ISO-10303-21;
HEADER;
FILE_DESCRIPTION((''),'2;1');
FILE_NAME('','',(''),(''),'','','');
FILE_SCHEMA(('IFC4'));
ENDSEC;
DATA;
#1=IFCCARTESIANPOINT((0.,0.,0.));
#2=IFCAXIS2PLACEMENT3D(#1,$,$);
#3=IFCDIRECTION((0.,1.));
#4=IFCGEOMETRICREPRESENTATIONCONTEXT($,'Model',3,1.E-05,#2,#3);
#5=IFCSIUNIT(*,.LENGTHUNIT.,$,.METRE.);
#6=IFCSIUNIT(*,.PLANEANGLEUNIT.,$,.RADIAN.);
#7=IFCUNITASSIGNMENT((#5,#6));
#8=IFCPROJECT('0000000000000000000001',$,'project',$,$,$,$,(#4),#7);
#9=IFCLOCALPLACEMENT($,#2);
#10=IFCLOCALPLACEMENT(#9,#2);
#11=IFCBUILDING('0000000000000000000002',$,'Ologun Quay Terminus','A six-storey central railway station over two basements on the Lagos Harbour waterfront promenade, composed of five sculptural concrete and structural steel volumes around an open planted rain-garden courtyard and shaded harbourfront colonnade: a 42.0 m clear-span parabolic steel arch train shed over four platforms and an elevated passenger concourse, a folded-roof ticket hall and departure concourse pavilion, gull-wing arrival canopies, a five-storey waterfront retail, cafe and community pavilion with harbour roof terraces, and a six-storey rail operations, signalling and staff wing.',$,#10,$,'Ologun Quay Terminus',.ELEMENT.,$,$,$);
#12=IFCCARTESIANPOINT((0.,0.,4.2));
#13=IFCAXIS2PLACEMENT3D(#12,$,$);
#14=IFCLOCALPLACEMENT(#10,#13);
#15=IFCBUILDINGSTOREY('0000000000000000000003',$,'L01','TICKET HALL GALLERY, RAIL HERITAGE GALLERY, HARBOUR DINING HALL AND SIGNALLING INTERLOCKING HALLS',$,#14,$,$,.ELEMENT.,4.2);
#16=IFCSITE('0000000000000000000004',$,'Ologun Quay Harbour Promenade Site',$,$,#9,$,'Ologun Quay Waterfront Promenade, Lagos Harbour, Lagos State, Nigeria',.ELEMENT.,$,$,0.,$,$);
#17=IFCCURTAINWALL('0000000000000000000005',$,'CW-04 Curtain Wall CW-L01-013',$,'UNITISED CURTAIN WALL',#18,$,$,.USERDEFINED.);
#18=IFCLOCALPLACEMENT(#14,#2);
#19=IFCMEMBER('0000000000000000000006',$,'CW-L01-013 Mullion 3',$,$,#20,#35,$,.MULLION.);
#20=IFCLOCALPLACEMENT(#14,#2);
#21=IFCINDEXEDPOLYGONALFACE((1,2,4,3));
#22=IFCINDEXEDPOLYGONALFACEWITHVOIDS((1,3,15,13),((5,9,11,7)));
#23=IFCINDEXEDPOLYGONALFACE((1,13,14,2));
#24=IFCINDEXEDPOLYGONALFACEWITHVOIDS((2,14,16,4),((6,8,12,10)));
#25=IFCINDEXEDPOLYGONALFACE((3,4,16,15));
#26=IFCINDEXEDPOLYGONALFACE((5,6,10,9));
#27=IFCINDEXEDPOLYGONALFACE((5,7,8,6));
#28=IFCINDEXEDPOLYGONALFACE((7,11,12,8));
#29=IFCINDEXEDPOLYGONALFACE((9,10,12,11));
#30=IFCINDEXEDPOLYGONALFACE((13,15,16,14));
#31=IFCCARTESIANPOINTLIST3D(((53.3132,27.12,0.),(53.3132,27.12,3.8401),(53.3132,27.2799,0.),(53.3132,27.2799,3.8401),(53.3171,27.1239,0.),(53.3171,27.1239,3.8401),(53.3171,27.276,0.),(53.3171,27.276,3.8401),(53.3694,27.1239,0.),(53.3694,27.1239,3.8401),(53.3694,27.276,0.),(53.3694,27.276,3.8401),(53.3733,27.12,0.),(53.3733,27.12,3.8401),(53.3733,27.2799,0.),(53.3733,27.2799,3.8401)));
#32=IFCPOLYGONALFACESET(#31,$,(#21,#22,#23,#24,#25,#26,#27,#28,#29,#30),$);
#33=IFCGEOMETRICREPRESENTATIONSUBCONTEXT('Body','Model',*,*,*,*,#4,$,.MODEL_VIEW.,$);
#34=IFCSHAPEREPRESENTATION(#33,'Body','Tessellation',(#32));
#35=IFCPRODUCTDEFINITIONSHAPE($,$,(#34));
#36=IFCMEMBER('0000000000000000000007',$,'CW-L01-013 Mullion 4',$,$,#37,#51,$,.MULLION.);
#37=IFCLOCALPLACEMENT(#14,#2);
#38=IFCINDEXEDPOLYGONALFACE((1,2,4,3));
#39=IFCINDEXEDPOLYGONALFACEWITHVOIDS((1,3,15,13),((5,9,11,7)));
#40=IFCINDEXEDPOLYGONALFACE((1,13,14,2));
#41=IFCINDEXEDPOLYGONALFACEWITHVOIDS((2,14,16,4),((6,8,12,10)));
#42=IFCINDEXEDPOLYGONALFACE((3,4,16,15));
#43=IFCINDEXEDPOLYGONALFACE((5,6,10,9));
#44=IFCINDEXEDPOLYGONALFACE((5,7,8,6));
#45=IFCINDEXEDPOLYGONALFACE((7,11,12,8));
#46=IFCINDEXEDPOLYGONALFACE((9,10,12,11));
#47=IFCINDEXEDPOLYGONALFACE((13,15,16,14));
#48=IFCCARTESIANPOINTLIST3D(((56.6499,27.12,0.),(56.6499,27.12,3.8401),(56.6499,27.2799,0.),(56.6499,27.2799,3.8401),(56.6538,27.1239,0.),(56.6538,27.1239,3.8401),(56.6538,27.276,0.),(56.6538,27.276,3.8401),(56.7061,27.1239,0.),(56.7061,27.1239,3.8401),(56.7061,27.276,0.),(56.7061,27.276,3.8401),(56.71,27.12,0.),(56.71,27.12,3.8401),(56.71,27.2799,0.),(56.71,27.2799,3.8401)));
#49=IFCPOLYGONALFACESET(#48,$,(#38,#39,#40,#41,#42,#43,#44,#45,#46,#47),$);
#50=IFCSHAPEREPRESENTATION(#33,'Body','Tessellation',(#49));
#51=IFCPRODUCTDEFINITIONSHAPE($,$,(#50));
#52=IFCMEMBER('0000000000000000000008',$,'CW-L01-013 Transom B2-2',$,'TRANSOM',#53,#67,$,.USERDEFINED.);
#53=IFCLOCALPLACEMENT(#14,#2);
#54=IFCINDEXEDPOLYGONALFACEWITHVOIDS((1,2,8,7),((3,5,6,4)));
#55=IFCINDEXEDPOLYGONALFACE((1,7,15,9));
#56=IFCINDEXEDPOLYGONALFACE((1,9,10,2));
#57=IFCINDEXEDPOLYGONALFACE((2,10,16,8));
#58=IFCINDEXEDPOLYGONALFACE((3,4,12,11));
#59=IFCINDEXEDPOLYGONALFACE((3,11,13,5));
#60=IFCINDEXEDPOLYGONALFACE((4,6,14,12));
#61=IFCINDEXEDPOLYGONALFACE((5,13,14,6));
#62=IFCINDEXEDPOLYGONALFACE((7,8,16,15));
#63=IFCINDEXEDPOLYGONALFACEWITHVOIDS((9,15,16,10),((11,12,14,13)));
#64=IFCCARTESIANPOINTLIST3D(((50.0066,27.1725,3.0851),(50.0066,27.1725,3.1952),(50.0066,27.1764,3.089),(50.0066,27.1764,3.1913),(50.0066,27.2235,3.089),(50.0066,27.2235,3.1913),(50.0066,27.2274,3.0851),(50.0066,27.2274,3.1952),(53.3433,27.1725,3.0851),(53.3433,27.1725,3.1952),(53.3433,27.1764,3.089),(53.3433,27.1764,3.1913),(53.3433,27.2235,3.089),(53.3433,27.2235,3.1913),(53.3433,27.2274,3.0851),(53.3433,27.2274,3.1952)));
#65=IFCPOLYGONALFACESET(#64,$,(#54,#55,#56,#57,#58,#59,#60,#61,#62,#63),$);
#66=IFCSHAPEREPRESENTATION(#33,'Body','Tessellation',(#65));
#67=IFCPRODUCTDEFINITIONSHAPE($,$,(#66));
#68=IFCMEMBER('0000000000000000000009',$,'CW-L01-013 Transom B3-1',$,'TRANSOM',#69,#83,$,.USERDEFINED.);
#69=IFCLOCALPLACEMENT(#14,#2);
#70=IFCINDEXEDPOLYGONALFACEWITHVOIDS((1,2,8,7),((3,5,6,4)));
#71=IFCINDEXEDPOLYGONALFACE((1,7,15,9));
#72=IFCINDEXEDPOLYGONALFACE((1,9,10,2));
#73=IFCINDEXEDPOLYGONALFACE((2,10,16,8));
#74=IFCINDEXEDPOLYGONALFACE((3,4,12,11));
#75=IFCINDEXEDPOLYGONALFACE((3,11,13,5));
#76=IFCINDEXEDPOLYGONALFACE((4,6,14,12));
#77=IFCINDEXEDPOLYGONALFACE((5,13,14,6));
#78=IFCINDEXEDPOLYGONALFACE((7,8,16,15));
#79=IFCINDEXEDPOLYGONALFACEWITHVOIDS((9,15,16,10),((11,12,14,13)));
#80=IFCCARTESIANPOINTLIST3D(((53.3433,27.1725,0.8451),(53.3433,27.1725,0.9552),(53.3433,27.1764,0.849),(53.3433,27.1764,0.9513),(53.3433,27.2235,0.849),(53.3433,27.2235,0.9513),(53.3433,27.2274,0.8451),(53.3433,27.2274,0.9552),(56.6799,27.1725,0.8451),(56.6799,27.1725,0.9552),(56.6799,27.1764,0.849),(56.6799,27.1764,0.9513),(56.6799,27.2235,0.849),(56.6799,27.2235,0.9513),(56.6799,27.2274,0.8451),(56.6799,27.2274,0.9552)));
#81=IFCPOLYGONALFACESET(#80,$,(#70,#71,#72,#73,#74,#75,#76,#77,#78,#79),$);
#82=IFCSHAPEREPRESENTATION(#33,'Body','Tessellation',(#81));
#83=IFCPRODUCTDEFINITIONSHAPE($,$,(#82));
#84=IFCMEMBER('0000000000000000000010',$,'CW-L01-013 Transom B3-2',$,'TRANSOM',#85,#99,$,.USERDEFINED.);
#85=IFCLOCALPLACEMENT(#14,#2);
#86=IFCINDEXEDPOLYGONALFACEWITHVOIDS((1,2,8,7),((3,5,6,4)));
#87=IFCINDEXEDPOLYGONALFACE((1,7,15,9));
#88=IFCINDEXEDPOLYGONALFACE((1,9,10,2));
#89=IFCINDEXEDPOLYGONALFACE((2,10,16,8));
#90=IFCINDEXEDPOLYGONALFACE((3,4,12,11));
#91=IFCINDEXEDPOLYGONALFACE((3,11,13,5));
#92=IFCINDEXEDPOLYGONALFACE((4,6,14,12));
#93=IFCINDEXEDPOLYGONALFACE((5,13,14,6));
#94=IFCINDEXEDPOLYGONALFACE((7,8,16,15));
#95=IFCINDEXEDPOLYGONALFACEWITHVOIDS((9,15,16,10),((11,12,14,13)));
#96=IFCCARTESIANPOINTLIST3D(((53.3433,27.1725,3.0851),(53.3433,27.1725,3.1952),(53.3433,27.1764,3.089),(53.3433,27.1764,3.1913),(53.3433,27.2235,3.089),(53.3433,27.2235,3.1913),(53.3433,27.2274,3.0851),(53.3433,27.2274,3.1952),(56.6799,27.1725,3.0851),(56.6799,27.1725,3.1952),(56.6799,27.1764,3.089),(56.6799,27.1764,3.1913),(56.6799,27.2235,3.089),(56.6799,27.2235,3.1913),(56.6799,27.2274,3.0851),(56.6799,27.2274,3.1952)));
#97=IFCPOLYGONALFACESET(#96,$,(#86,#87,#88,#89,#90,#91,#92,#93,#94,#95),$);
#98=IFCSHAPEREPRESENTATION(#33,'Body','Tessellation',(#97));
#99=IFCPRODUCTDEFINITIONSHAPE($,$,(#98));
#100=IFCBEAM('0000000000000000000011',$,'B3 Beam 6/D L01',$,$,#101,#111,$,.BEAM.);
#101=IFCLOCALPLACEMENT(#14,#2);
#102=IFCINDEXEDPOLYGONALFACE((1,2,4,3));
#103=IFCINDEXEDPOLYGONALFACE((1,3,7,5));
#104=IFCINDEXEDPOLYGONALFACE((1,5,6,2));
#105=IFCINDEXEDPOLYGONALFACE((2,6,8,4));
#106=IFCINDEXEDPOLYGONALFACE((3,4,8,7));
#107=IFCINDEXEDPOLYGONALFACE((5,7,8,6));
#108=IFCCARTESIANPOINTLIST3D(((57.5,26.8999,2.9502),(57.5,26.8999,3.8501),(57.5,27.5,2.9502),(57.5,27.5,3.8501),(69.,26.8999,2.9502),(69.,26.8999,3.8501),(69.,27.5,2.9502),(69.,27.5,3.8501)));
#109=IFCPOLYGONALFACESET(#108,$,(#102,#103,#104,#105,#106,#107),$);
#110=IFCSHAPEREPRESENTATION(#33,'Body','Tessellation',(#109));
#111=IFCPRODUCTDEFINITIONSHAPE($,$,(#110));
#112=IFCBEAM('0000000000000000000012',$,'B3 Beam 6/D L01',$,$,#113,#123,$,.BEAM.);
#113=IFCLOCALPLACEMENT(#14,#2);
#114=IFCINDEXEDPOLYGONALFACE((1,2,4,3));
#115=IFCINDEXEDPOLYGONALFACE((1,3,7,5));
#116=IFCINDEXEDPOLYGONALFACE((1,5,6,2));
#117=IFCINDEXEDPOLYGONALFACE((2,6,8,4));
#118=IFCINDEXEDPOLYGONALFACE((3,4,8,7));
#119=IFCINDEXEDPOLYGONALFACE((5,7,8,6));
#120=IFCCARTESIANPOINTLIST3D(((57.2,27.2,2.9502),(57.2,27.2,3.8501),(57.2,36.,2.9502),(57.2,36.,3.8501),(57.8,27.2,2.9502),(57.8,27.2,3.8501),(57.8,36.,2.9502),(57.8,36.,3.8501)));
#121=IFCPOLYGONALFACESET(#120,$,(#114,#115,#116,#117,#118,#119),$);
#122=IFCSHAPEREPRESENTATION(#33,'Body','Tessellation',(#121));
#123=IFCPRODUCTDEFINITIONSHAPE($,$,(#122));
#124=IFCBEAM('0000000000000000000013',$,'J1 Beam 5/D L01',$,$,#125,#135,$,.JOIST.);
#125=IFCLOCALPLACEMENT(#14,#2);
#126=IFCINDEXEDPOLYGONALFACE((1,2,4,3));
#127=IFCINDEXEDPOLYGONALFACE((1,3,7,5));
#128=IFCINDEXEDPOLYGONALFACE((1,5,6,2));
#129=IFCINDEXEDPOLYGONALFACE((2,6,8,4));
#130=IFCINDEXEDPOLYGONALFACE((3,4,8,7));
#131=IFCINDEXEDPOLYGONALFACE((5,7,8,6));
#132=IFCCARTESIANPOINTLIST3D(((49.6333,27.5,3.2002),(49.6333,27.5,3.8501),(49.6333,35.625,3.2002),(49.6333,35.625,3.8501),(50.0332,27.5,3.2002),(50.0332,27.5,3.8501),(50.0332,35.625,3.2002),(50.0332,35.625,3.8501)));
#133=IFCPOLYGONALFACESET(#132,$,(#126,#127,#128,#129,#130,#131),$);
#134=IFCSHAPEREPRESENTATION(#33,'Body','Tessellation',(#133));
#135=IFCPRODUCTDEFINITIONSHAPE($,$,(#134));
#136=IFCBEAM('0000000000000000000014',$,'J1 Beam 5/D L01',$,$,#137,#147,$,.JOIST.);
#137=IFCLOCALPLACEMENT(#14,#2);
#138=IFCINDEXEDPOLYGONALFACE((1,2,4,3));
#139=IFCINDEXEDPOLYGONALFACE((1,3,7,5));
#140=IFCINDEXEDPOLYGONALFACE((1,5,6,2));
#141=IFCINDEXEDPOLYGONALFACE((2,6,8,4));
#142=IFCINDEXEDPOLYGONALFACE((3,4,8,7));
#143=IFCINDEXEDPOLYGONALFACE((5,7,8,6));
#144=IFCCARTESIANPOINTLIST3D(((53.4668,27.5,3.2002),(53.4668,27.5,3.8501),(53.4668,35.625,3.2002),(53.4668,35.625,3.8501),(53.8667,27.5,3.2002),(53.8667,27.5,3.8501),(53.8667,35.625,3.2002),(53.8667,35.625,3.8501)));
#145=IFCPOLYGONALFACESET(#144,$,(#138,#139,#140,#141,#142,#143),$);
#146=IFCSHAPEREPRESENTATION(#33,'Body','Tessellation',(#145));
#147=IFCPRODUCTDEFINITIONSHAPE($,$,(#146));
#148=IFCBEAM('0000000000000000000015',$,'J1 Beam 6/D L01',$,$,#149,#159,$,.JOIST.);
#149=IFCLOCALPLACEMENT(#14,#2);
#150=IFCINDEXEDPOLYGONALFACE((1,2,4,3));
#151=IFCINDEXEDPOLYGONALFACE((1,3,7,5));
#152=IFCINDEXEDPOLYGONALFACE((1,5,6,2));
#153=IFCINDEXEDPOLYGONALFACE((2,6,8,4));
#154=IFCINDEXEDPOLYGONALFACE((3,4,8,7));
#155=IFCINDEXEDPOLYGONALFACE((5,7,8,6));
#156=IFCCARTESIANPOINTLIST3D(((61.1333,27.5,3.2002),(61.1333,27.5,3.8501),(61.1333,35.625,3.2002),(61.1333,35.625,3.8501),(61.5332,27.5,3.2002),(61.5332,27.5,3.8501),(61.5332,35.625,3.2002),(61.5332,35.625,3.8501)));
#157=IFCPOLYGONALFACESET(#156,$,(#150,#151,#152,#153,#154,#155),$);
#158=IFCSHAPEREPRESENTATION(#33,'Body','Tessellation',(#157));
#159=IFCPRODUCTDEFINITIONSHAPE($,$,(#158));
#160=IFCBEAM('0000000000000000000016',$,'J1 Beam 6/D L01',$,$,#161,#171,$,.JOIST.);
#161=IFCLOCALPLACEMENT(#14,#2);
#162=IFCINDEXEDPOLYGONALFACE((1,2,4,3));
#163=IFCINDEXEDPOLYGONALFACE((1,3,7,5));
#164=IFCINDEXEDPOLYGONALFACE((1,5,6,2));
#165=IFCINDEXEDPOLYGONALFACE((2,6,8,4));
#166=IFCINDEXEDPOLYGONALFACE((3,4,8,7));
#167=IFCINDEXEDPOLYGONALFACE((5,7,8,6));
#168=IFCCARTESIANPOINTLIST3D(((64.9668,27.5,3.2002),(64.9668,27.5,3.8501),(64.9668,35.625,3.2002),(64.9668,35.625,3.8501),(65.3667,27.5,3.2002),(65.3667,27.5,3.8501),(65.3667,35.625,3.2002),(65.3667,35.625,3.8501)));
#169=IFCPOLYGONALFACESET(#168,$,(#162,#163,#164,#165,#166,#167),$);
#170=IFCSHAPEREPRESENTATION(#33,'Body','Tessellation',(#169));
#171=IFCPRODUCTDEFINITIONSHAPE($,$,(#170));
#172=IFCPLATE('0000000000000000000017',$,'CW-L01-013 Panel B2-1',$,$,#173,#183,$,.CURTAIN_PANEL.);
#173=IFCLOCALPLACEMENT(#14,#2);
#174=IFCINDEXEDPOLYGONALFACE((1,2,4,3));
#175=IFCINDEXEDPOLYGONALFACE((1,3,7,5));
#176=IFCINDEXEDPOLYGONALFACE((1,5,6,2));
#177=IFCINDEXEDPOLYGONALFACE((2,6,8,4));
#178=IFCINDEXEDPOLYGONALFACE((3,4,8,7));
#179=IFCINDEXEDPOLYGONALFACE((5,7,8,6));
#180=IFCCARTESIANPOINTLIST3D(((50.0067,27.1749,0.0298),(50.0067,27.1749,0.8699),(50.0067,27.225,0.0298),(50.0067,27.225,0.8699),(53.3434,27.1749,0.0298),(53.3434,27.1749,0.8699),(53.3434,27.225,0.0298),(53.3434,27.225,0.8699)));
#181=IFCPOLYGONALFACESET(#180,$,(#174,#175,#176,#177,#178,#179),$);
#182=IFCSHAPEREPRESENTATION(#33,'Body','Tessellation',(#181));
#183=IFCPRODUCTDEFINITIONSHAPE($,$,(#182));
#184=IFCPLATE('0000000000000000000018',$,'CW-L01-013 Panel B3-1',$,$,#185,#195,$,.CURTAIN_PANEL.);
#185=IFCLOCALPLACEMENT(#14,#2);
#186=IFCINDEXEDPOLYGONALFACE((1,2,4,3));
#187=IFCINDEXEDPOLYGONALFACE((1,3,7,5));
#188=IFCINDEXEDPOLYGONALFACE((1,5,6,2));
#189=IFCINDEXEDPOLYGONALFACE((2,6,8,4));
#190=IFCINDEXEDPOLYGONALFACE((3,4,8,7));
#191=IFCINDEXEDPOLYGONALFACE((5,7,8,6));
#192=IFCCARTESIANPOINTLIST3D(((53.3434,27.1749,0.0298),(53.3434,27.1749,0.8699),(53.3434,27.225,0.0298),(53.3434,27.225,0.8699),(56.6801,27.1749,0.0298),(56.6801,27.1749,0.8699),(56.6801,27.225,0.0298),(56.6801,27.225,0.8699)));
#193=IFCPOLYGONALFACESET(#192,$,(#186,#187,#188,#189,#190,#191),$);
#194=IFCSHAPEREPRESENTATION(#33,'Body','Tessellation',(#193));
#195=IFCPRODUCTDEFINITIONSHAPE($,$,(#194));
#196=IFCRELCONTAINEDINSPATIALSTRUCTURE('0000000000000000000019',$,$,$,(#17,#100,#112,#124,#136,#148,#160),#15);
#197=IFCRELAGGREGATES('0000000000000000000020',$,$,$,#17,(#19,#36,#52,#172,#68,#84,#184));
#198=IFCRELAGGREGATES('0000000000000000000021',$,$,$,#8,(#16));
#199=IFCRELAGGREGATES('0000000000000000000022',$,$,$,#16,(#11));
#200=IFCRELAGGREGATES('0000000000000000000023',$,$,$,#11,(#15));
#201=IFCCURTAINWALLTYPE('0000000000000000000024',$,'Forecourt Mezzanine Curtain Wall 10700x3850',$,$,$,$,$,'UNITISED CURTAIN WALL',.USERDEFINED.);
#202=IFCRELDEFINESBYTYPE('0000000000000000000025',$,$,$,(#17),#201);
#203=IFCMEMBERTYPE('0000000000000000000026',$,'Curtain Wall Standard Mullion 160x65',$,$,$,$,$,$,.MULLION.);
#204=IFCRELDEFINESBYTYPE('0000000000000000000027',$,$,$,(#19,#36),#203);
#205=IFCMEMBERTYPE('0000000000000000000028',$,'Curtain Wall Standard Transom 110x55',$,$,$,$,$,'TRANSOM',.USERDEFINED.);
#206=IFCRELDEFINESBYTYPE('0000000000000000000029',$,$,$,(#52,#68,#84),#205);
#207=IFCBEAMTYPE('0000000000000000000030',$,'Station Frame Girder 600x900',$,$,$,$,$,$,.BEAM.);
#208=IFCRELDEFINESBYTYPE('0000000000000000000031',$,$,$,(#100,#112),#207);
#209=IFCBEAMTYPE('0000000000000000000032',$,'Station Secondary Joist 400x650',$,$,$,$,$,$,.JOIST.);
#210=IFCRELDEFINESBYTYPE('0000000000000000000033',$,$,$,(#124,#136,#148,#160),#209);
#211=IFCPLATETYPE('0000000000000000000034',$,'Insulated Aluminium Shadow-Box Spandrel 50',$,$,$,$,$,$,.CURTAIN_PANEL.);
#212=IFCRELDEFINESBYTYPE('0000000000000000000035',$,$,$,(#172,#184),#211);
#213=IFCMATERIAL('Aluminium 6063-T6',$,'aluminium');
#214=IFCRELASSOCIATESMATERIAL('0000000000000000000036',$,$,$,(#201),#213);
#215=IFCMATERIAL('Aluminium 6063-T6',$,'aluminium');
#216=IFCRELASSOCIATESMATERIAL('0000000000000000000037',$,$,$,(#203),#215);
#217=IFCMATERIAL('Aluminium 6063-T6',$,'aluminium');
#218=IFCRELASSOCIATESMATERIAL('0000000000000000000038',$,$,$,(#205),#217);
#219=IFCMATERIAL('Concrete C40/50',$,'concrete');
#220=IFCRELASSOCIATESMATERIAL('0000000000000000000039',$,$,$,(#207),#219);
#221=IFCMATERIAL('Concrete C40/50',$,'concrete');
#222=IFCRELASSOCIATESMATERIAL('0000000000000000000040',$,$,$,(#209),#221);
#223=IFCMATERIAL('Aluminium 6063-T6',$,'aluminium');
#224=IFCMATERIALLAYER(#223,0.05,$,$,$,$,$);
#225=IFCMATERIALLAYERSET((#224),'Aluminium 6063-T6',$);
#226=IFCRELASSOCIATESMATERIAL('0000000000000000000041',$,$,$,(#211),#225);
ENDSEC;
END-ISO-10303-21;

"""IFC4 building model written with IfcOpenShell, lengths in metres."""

from ifc_helpers import new_model, si_unit, direction, frame, origin, origin_2d, place, context, subcontext, project, spatial, rectangle, hollow_rectangle, extrude, material, layer, layer_set, material_profile, profile_set, type_object, element, aggregate, save


model = new_model("IFC4")

# Units and contexts
model_context = context("Model", 3, precision=1e-05, world=origin(), true_north=direction((0.0, 1.0)))
body_context = subcontext(model_context, "Body", "Model", "MODEL_VIEW")
ifc_project = project(units=[si_unit("LENGTHUNIT", "METRE"), si_unit("PLANEANGLEUNIT", "RADIAN")], contexts=[model_context])

# Site, building, storey
site_placement = place(None, origin())
site = spatial("IfcSite", under=ifc_project, at=site_placement, Name="Ologun Quay Harbour Promenade Site", LongName="Ologun Quay Waterfront Promenade, Lagos Harbour, Lagos State, Nigeria", CompositionType="ELEMENT", RefElevation=0.0)
building_placement = place(site_placement, origin())
building = spatial("IfcBuilding", under=site, at=building_placement, Name="Ologun Quay Terminus", Description="A six-storey central railway station over two basements on the Lagos Harbour waterfront promenade, composed of five sculptural concrete and structural steel volumes around an open planted rain-garden courtyard and shaded harbourfront colonnade: a 42.0 m clear-span parabolic steel arch train shed over four platforms and an elevated passenger concourse, a folded-roof ticket hall and departure concourse pavilion, gull-wing arrival canopies, a five-storey waterfront retail, cafe and community pavilion with harbour roof terraces, and a six-storey rail operations, signalling and staff wing.", LongName="Ologun Quay Terminus", CompositionType="ELEMENT")
storey_placement = place(building_placement, frame((0.0, 0.0, 4.2)))
storey = spatial("IfcBuildingStorey", under=building, at=storey_placement, Name="L01", Description="TICKET HALL GALLERY, RAIL HERITAGE GALLERY, HARBOUR DINING HALL AND SIGNALLING INTERLOCKING HALLS", CompositionType="ELEMENT", Elevation=4.2)

# Curtain wall, members
ifc_material_1 = material(Name="Aluminium 6063-T6", Category="aluminium")
curtain_wall_type = type_object("IfcCurtainWallType", Name="Forecourt Mezzanine Curtain Wall 10700x3850", ElementType="UNITISED CURTAIN WALL", PredefinedType="USERDEFINED", material=ifc_material_1)
curtain_wall_placement = place(storey_placement, origin())
curtain_wall = element("IfcCurtainWall", 1, at=curtain_wall_placement, inside=storey, type_object=curtain_wall_type, Name="CW-04 Curtain Wall CW-L01-013", ObjectType="UNITISED CURTAIN WALL", PredefinedType="USERDEFINED")
ifc_material_2 = material(Name="Aluminium 6063-T6", Category="aluminium")
ifc_material_profile_1 = material_profile(ifc_material_2, hollow_rectangle(XDim=0.0601, YDim=0.1599, WallThickness=0.0039, at=origin_2d()), Name="ALU 160x60x4")
ifc_profile_set_1 = profile_set([ifc_material_profile_1], Name="Aluminium 6063-T6")
member_type_1 = type_object("IfcMemberType", Name="Curtain Wall Standard Mullion 160x65", PredefinedType="MULLION", material=ifc_profile_set_1)
member_1_placement = place(storey_placement, frame((53.3433, 27.2, 0.0), z_axis=(0.0, 0.0, 1.0), x_axis=(1.0, 0.0, 0.0)))
member_1 = element("IfcMember", 2, at=member_1_placement, type_object=member_type_1, Name="CW-L01-013 Mullion 3", PredefinedType="MULLION", context=body_context, shape_type="SweptSolid", body=[
    extrude(hollow_rectangle(XDim=0.0601, YDim=0.1599, WallThickness=0.0039, at=origin_2d()), origin(), (0.0, 0.0, 1.0), 3.8401),
])
member_2_placement = place(storey_placement, frame((56.6799, 27.2, 0.0), z_axis=(0.0, 0.0, 1.0), x_axis=(1.0, 0.0, 0.0)))
member_2 = element("IfcMember", 3, at=member_2_placement, type_object=member_type_1, Name="CW-L01-013 Mullion 4", PredefinedType="MULLION", context=body_context, shape_type="SweptSolid", body=[
    extrude(hollow_rectangle(XDim=0.0601, YDim=0.1599, WallThickness=0.0039, at=origin_2d()), origin(), (0.0, 0.0, 1.0), 3.8401),
])
ifc_material_3 = material(Name="Aluminium 6063-T6", Category="aluminium")
ifc_material_profile_2 = material_profile(ifc_material_3, hollow_rectangle(XDim=0.0549, YDim=0.1101, WallThickness=0.0039, at=origin_2d()), Name="ALU 110x55x4")
ifc_profile_set_2 = profile_set([ifc_material_profile_2], Name="Aluminium 6063-T6")
member_type_2 = type_object("IfcMemberType", Name="Curtain Wall Standard Transom 110x55", ElementType="TRANSOM", PredefinedType="USERDEFINED", material=ifc_profile_set_2)
member_3_placement = place(storey_placement, frame((50.0066, 27.2, 3.1401), z_axis=(1.0, 0.0, 0.0), x_axis=(0.0, 1.0, 0.0)))
member_3 = element("IfcMember", 4, at=member_3_placement, type_object=member_type_2, Name="CW-L01-013 Transom B2-2", ObjectType="TRANSOM", PredefinedType="USERDEFINED", context=body_context, shape_type="SweptSolid", body=[
    extrude(hollow_rectangle(XDim=0.0549, YDim=0.1101, WallThickness=0.0039, at=origin_2d()), origin(), (0.0, 0.0, 1.0), 3.3367),
])
member_4_placement = place(storey_placement, frame((53.3433, 27.2, 0.9001), z_axis=(1.0, 0.0, 0.0), x_axis=(0.0, 1.0, 0.0)))
member_4 = element("IfcMember", 5, at=member_4_placement, type_object=member_type_2, Name="CW-L01-013 Transom B3-1", ObjectType="TRANSOM", PredefinedType="USERDEFINED", context=body_context, shape_type="SweptSolid", body=[
    extrude(hollow_rectangle(XDim=0.0549, YDim=0.1101, WallThickness=0.0039, at=origin_2d()), origin(), (0.0, 0.0, 1.0), 3.3367),
])
member_5_placement = place(storey_placement, frame((53.3433, 27.2, 3.1401), z_axis=(1.0, 0.0, 0.0), x_axis=(0.0, 1.0, 0.0)))
member_5 = element("IfcMember", 6, at=member_5_placement, type_object=member_type_2, Name="CW-L01-013 Transom B3-2", ObjectType="TRANSOM", PredefinedType="USERDEFINED", context=body_context, shape_type="SweptSolid", body=[
    extrude(hollow_rectangle(XDim=0.0549, YDim=0.1101, WallThickness=0.0039, at=origin_2d()), origin(), (0.0, 0.0, 1.0), 3.3367),
])

# Beams
ifc_material_4 = material(Name="Concrete C40/50", Category="concrete")
ifc_material_profile_3 = material_profile(ifc_material_4, rectangle(XDim=0.6001, YDim=0.8999, at=origin_2d()), Name="RC 600x900")
ifc_profile_set_3 = profile_set([ifc_material_profile_3], Name="Concrete C40/50")
beam_type_1 = type_object("IfcBeamType", Name="Station Frame Girder 600x900", PredefinedType="BEAM", material=ifc_profile_set_3)
beam_1_placement = place(storey_placement, frame((57.5, 27.2, 3.4001), z_axis=(1.0, 0.0, 0.0), x_axis=(0.0, 1.0, 0.0)))
element("IfcBeam", 7, at=beam_1_placement, inside=storey, type_object=beam_type_1, Name="B3 Beam 6/D L01", PredefinedType="BEAM", context=body_context, shape_type="SweptSolid", body=[
    extrude(rectangle(XDim=0.6001, YDim=0.8999, at=origin_2d()), origin(), (0.0, 0.0, 1.0), 11.5),
])
beam_2_placement = place(storey_placement, frame((57.5, 27.2, 3.4001), z_axis=(0.0, 1.0, 0.0), x_axis=(-1.0, 0.0, 0.0)))
element("IfcBeam", 8, at=beam_2_placement, inside=storey, type_object=beam_type_1, Name="B3 Beam 6/D L01", PredefinedType="BEAM", context=body_context, shape_type="SweptSolid", body=[
    extrude(rectangle(XDim=0.6001, YDim=0.8999, at=origin_2d()), origin(), (0.0, 0.0, 1.0), 8.8),
])
ifc_material_5 = material(Name="Concrete C40/50", Category="concrete")
ifc_material_profile_4 = material_profile(ifc_material_5, rectangle(XDim=0.3999, YDim=0.6499, at=origin_2d()), Name="RC 400x650")
ifc_profile_set_4 = profile_set([ifc_material_profile_4], Name="Concrete C40/50")
beam_type_2 = type_object("IfcBeamType", Name="Station Secondary Joist 400x650", PredefinedType="JOIST", material=ifc_profile_set_4)
for number, where, z_axis, x_axis, name in (
    (9, (49.8333, 27.5, 3.5251), (0.0, 1.0, 0.0), (-1.0, 0.0, 0.0), "J1 Beam 5/D L01"),
    (10, (53.6667, 27.5, 3.5251), (0.0, 1.0, 0.0), (-1.0, 0.0, 0.0), "J1 Beam 5/D L01"),
    (11, (61.3333, 27.5, 3.5251), (0.0, 1.0, 0.0), (-1.0, 0.0, 0.0), "J1 Beam 6/D L01"),
    (12, (65.1667, 27.5, 3.5251), (0.0, 1.0, 0.0), (-1.0, 0.0, 0.0), "J1 Beam 6/D L01"),
):
    element("IfcBeam", number, at=place(storey_placement, frame(where, z_axis=z_axis, x_axis=x_axis)), inside=storey, type_object=beam_type_2, Name=name, PredefinedType="JOIST", context=body_context, shape_type="SweptSolid", body=[
        extrude(rectangle(XDim=0.3999, YDim=0.6499, at=origin_2d()), origin(), (0.0, 0.0, 1.0), 8.125),
    ])

# Plates
ifc_material_6 = material(Name="Aluminium 6063-T6", Category="aluminium")
ifc_layer_1 = layer(ifc_material_6, 0.05)
ifc_layer_set_1 = layer_set([ifc_layer_1], Name="Aluminium 6063-T6")
plate_type_1 = type_object("IfcPlateType", Name="Insulated Aluminium Shadow-Box Spandrel 50", PredefinedType="CURTAIN_PANEL", material=ifc_layer_set_1)
plate_1_placement = place(storey_placement, frame((51.675, 27.2, 0.0298), z_axis=(0.0, 0.0, 1.0), x_axis=(1.0, 0.0, 0.0)))
plate_1 = element("IfcPlate", 13, at=plate_1_placement, type_object=plate_type_1, Name="CW-L01-013 Panel B2-1", PredefinedType="CURTAIN_PANEL", context=body_context, shape_type="SweptSolid", body=[
    extrude(rectangle(XDim=3.3367, YDim=0.05, at=origin_2d()), origin(), (0.0, 0.0, 1.0), 0.8401),
])
plate_2_placement = place(storey_placement, frame((55.0117, 27.2, 0.0298), z_axis=(0.0, 0.0, 1.0), x_axis=(1.0, 0.0, 0.0)))
plate_2 = element("IfcPlate", 14, at=plate_2_placement, type_object=plate_type_1, Name="CW-L01-013 Panel B3-1", PredefinedType="CURTAIN_PANEL", context=body_context, shape_type="SweptSolid", body=[
    extrude(rectangle(XDim=3.3367, YDim=0.05, at=origin_2d()), origin(), (0.0, 0.0, 1.0), 0.8401),
])
aggregate(curtain_wall, [member_1, member_2, member_3, plate_1, member_4, member_5, plate_2])

save(model, "model.ifc")
